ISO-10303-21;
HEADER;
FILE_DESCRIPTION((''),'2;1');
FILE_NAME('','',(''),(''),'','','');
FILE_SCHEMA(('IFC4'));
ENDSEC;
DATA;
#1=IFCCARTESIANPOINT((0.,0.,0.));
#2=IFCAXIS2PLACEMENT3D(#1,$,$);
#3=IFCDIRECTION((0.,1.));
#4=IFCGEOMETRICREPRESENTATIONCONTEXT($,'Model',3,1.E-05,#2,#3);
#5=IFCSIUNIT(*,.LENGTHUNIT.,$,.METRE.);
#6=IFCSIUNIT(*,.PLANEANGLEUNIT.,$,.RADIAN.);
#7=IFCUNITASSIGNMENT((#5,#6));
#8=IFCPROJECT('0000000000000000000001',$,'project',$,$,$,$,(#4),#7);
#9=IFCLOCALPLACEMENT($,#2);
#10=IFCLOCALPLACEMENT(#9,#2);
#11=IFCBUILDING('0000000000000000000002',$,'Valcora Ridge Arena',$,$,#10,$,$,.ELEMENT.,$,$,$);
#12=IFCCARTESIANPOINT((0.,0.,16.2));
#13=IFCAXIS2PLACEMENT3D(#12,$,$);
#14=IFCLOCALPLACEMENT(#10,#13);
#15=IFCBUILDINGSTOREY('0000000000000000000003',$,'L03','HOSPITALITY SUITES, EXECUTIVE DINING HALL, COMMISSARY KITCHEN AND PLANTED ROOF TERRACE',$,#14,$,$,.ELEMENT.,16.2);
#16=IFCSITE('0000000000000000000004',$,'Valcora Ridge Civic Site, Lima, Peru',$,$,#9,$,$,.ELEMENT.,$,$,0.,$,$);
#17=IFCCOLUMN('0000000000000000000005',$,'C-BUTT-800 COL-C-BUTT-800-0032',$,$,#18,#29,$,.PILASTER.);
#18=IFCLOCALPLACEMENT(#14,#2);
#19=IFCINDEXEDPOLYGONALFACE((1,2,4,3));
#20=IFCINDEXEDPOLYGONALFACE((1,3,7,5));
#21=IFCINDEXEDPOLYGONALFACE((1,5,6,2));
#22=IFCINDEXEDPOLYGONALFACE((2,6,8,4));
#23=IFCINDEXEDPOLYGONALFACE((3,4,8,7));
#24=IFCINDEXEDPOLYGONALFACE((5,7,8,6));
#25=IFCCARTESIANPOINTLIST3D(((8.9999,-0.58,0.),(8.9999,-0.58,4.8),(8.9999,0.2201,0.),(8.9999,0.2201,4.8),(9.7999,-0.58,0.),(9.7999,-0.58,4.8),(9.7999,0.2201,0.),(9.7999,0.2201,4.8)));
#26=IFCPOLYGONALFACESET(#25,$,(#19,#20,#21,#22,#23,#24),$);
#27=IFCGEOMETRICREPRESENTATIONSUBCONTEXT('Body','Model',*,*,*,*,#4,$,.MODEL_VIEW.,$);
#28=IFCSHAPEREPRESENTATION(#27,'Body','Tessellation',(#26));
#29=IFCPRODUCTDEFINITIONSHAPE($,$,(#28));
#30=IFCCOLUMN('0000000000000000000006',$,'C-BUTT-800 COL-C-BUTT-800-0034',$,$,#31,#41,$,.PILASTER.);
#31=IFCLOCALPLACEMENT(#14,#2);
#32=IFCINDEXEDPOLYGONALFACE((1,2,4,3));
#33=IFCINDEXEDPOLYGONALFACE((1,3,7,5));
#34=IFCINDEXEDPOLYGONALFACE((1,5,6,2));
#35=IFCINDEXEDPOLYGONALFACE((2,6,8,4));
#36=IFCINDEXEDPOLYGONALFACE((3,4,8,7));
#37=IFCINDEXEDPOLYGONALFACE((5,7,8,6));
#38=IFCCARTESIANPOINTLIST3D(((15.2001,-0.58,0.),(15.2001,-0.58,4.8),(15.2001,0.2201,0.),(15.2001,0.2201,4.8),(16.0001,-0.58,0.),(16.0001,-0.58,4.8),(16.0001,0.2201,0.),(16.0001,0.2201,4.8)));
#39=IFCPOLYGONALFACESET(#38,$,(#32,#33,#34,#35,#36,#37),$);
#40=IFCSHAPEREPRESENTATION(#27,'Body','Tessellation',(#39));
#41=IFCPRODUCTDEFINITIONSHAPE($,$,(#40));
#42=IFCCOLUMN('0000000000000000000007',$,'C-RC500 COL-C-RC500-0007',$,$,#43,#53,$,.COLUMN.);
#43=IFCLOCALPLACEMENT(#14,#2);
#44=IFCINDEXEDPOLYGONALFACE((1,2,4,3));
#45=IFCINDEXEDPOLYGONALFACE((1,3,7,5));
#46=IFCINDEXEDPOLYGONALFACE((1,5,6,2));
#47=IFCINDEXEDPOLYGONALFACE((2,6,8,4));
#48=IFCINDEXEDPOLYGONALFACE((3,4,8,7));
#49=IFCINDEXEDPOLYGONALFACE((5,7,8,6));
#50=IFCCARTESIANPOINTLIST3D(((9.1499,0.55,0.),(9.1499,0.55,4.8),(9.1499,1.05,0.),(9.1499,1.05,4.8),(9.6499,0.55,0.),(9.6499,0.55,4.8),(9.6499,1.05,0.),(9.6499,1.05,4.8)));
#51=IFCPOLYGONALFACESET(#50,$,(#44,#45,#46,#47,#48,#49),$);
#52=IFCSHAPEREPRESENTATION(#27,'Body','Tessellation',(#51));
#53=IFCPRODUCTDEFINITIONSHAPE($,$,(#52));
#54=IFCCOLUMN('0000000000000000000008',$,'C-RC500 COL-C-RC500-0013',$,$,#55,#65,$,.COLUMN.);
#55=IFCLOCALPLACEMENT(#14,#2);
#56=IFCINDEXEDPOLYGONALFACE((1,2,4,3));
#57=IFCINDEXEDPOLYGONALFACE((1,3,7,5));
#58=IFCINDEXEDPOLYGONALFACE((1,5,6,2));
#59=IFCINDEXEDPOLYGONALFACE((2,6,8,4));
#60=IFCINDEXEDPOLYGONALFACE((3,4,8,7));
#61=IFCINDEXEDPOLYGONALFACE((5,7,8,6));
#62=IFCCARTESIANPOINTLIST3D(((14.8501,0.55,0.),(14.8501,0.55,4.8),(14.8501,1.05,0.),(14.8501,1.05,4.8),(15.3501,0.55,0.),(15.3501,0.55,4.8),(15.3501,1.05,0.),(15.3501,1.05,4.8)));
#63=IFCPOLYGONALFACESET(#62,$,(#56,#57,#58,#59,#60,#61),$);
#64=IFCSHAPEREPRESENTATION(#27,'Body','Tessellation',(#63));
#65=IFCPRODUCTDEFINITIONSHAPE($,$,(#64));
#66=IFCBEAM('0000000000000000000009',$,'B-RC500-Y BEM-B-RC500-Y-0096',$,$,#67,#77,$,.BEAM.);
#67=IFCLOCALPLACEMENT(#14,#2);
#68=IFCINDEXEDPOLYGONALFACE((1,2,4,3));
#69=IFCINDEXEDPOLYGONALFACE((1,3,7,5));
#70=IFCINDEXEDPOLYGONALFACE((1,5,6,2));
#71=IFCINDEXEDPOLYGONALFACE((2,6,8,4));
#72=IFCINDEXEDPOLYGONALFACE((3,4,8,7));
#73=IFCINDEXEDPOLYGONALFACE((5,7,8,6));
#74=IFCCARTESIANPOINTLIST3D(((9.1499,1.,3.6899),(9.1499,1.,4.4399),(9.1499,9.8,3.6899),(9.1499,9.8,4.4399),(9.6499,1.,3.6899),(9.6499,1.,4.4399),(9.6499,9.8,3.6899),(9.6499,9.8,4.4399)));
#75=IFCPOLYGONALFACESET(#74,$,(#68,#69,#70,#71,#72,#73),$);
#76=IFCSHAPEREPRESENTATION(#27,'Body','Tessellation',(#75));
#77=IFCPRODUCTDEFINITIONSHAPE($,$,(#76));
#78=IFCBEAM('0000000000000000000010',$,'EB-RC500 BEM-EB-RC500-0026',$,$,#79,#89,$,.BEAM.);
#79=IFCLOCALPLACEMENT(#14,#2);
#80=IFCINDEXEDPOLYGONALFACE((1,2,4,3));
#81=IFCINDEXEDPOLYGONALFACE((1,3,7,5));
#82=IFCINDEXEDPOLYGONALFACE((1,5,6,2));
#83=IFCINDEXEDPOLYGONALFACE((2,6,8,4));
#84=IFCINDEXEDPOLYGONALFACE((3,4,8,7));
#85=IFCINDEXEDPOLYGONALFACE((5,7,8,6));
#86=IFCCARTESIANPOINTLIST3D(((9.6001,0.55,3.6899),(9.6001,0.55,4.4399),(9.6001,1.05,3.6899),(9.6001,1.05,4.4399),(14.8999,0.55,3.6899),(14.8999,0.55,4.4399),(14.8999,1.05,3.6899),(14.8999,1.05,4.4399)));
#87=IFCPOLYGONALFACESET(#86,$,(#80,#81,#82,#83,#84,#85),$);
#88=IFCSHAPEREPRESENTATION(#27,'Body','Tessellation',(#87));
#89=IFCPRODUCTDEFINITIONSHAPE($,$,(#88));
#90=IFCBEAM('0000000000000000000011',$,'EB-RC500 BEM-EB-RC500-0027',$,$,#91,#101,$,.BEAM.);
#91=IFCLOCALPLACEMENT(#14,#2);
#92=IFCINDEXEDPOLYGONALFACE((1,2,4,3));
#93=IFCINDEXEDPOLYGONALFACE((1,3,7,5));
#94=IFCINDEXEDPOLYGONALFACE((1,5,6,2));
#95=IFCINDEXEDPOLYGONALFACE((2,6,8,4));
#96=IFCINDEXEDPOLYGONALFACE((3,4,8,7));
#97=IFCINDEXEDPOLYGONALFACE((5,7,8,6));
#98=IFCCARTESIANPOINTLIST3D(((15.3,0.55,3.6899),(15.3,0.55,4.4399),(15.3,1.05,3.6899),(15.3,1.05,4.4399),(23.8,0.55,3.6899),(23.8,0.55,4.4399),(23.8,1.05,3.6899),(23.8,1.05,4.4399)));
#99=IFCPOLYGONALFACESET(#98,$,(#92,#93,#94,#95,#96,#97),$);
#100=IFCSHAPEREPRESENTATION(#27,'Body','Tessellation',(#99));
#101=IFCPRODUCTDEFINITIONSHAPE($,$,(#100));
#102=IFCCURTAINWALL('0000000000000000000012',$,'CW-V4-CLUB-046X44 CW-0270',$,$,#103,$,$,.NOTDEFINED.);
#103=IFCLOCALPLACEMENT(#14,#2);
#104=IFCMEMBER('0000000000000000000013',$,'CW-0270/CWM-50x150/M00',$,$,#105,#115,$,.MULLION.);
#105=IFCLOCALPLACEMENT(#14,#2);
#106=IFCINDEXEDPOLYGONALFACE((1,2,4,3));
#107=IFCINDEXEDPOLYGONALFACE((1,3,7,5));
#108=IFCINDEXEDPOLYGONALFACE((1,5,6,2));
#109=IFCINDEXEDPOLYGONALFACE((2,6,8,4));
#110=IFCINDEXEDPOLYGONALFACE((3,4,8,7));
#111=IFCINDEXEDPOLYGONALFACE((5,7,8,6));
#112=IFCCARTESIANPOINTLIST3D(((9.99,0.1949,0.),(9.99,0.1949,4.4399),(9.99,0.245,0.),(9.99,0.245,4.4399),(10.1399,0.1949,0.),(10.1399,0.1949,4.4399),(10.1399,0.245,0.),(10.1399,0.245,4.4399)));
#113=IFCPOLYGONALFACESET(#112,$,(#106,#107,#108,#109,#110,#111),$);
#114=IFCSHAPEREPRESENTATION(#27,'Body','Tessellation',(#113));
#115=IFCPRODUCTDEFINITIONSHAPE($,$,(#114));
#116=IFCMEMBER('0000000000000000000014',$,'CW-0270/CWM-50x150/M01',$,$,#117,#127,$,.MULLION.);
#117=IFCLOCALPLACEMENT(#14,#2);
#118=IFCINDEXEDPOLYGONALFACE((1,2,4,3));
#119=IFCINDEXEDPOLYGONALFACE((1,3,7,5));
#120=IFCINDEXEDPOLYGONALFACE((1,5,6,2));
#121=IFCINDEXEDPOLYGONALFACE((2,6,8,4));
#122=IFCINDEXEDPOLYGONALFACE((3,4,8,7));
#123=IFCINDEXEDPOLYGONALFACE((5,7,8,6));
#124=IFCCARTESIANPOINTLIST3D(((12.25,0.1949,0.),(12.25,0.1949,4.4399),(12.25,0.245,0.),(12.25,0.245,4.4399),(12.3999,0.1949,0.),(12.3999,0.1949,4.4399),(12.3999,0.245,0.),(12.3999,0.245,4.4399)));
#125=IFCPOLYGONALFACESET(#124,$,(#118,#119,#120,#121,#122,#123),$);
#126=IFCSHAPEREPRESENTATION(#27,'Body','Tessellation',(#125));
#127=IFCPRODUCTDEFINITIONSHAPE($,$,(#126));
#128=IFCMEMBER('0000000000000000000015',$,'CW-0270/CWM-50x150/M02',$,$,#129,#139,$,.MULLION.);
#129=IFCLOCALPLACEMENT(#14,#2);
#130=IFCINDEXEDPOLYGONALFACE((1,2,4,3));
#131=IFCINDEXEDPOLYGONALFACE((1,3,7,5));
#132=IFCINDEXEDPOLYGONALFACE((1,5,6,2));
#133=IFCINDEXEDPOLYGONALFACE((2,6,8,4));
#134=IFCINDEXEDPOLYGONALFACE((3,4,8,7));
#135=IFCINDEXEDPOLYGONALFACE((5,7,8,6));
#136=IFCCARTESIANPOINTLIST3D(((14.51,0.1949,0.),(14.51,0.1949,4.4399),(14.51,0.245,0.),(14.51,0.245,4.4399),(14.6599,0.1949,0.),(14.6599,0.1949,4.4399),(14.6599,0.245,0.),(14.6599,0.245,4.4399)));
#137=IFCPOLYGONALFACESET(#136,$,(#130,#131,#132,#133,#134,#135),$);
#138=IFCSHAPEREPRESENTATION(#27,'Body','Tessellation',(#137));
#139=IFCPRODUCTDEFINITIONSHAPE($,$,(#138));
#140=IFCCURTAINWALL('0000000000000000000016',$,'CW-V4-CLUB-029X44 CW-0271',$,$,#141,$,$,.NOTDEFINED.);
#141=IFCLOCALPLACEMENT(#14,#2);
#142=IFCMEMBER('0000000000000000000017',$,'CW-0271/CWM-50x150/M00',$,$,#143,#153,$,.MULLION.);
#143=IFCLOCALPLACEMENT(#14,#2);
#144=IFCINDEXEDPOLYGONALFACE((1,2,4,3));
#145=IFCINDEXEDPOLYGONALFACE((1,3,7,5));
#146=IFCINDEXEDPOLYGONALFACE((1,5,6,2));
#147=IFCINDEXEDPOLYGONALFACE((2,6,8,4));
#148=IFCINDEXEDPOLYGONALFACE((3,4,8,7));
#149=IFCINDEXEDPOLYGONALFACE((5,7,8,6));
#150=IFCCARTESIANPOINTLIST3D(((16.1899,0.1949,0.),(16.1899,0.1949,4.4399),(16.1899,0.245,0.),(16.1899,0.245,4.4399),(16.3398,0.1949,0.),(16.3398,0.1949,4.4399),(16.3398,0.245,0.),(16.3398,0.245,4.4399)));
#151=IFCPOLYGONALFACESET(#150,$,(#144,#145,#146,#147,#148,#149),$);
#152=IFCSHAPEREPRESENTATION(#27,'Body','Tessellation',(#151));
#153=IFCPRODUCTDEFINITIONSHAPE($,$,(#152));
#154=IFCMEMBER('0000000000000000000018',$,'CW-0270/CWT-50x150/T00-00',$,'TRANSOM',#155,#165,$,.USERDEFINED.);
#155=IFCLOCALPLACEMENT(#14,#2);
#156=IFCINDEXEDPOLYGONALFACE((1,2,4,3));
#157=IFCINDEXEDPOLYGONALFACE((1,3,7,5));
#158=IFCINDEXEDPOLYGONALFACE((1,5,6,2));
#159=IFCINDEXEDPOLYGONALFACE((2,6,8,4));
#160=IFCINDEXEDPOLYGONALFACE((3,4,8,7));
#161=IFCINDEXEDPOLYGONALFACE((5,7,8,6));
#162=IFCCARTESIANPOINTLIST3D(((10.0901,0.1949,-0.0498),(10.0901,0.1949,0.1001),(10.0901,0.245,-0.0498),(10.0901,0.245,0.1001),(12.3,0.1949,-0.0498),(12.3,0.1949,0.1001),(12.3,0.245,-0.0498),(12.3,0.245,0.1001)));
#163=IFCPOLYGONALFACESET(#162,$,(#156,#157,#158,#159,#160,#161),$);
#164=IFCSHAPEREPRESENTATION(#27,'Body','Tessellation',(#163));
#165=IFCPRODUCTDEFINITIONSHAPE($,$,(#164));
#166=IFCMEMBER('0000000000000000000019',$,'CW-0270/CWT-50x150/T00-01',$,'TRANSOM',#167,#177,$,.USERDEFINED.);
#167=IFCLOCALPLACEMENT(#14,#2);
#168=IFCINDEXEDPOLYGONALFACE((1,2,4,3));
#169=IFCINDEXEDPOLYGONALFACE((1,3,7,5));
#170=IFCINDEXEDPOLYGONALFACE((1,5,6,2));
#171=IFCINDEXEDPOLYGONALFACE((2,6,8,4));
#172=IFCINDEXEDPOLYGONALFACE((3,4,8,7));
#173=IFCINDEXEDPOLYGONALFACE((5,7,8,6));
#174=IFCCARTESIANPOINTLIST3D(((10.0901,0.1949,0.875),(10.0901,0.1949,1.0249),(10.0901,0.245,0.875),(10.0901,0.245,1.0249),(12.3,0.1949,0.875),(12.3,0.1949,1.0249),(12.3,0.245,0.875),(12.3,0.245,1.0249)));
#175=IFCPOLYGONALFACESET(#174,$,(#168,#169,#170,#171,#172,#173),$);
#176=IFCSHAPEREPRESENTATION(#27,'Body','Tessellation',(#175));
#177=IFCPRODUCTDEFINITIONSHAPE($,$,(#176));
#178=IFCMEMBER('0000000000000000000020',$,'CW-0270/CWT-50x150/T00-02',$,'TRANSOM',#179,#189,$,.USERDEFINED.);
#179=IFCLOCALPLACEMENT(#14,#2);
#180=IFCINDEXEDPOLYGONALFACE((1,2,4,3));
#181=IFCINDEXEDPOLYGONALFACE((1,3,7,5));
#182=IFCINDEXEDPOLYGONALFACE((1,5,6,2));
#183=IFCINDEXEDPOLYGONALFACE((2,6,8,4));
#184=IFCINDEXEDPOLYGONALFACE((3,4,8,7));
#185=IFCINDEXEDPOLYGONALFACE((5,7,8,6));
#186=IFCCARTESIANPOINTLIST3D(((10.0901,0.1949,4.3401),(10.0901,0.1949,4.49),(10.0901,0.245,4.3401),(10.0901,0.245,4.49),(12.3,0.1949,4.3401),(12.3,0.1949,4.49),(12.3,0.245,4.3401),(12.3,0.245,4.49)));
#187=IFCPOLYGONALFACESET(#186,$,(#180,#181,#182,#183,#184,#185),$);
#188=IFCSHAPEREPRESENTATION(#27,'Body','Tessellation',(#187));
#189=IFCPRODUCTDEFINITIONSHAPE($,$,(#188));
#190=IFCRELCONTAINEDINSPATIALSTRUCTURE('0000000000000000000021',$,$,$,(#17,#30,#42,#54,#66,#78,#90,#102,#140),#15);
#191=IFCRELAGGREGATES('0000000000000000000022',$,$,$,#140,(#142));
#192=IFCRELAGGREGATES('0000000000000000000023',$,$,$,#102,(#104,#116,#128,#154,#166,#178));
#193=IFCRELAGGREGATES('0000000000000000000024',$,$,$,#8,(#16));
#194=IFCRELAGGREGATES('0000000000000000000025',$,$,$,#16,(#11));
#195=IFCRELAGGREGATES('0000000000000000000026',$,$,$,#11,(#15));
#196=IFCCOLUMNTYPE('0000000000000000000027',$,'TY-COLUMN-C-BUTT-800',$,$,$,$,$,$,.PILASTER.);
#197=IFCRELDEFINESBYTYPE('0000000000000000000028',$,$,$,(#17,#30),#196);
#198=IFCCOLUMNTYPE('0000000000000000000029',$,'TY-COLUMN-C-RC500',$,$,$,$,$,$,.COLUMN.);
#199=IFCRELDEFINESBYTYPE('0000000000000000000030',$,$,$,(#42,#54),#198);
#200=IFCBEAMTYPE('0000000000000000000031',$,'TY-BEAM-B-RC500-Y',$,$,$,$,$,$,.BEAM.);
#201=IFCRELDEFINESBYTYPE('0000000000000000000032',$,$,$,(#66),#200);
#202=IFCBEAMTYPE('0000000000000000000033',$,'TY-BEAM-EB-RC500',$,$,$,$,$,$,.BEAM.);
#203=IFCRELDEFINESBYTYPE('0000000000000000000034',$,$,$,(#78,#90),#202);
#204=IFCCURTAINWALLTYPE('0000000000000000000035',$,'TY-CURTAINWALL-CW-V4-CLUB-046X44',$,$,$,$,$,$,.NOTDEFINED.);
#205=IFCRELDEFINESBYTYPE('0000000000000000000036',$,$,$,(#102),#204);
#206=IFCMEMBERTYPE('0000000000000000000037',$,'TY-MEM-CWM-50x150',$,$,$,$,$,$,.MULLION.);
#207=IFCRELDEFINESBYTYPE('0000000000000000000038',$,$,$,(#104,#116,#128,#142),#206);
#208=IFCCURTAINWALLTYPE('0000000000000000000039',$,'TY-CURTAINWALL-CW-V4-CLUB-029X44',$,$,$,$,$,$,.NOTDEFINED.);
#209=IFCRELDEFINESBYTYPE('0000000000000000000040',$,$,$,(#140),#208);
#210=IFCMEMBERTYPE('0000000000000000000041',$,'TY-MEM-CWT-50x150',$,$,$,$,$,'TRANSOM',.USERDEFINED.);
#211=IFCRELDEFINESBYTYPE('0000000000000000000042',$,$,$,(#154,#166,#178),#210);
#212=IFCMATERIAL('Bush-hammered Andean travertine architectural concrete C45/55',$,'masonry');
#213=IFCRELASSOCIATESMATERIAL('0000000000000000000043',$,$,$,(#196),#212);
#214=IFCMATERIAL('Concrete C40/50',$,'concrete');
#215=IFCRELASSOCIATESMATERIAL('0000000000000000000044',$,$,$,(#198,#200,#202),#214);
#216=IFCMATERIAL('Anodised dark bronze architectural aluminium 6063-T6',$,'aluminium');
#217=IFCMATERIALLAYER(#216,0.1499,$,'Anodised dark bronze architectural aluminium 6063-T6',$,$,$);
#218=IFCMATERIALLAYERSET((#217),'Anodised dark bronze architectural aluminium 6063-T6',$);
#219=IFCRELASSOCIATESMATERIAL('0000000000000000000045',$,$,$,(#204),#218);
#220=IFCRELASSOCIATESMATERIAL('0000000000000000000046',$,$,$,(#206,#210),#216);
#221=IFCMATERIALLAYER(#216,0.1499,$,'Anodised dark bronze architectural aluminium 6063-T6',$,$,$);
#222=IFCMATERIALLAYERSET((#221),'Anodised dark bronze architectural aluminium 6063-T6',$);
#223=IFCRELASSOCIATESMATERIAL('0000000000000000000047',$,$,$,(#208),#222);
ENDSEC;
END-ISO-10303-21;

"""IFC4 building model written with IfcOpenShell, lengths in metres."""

from ifc_helpers import new_model, si_unit, direction, frame, origin, origin_2d, place, context, subcontext, project, spatial, rectangle, extrude, material, layer, layer_set, material_profile, profile_set, type_object, element, aggregate, save


model = new_model("IFC4")

# Units and contexts
model_context = context("Model", 3, precision=1e-05, world=origin(), true_north=direction((0.0, 1.0)))
body_context = subcontext(model_context, "Body", "Model", "MODEL_VIEW")
ifc_project = project(units=[si_unit("LENGTHUNIT", "METRE"), si_unit("PLANEANGLEUNIT", "RADIAN")], contexts=[model_context])

# Site, building, storey
site_placement = place(None, origin())
site = spatial("IfcSite", under=ifc_project, at=site_placement, Name="Valcora Ridge Civic Site, Lima, Peru", CompositionType="ELEMENT", RefElevation=0.0)
building_placement = place(site_placement, origin())
building = spatial("IfcBuilding", under=site, at=building_placement, Name="Valcora Ridge Arena", CompositionType="ELEMENT")
storey_placement = place(building_placement, frame((0.0, 0.0, 16.2)))
storey = spatial("IfcBuildingStorey", under=building, at=storey_placement, Name="L03", Description="HOSPITALITY SUITES, EXECUTIVE DINING HALL, COMMISSARY KITCHEN AND PLANTED ROOF TERRACE", CompositionType="ELEMENT", Elevation=16.2)

# Columns
ifc_material_1 = material(Name="Bush-hammered Andean travertine architectural concrete C45/55", Category="masonry")
ifc_material_profile_1 = material_profile(ifc_material_1, rectangle(XDim=0.8, YDim=0.8, at=origin_2d()), Name="RC 800x800")
ifc_profile_set_1 = profile_set([ifc_material_profile_1], Name="Bush-hammered Andean travertine architectural concrete C45/55")
column_type_1 = type_object("IfcColumnType", Name="TY-COLUMN-C-BUTT-800", PredefinedType="PILASTER", material=ifc_profile_set_1)
for number, where, z_axis, x_axis, name in (
    (1, (9.3999, -0.1799, 0.0), (0.0, 0.0, 1.0), (1.0, 0.0, 0.0), "C-BUTT-800 COL-C-BUTT-800-0032"),
    (2, (15.6001, -0.1799, 0.0), (0.0, 0.0, 1.0), (1.0, 0.0, 0.0), "C-BUTT-800 COL-C-BUTT-800-0034"),
):
    element("IfcColumn", number, at=place(storey_placement, frame(where, z_axis=z_axis, x_axis=x_axis)), inside=storey, type_object=column_type_1, Name=name, PredefinedType="PILASTER", context=body_context, shape_type="SweptSolid", body=[
        extrude(rectangle(XDim=0.8, YDim=0.8, at=origin_2d()), origin(), (0.0, 0.0, 1.0), 4.8),
    ])
ifc_material_2 = material(Name="Concrete C40/50", Category="concrete")
ifc_material_profile_2 = material_profile(ifc_material_2, rectangle(XDim=0.5, YDim=0.5, at=origin_2d()), Name="RC 500x500")
ifc_profile_set_2 = profile_set([ifc_material_profile_2], Name="Concrete C40/50")
column_type_2 = type_object("IfcColumnType", Name="TY-COLUMN-C-RC500", PredefinedType="COLUMN", material=ifc_profile_set_2)
for number, where, z_axis, x_axis, name in (
    (3, (9.3999, 0.8, 0.0), (0.0, 0.0, 1.0), (1.0, 0.0, 0.0), "C-RC500 COL-C-RC500-0007"),
    (4, (15.1001, 0.8, 0.0), (0.0, 0.0, 1.0), (1.0, 0.0, 0.0), "C-RC500 COL-C-RC500-0013"),
):
    element("IfcColumn", number, at=place(storey_placement, frame(where, z_axis=z_axis, x_axis=x_axis)), inside=storey, type_object=column_type_2, Name=name, PredefinedType="COLUMN", context=body_context, shape_type="SweptSolid", body=[
        extrude(rectangle(XDim=0.5, YDim=0.5, at=origin_2d()), origin(), (0.0, 0.0, 1.0), 4.8),
    ])

# Beams
ifc_material_profile_3 = material_profile(ifc_material_2, rectangle(XDim=0.5, YDim=0.75, at=origin_2d()), Name="RC 500x750")
ifc_profile_set_3 = profile_set([ifc_material_profile_3], Name="Concrete C40/50")
beam_type_1 = type_object("IfcBeamType", Name="TY-BEAM-B-RC500-Y", PredefinedType="BEAM", material=ifc_profile_set_3)
beam_1_placement = place(storey_placement, frame((9.3999, 1.0, 4.0649), z_axis=(0.0, 1.0, 0.0), x_axis=(-1.0, 0.0, 0.0)))
element("IfcBeam", 5, at=beam_1_placement, inside=storey, type_object=beam_type_1, Name="B-RC500-Y BEM-B-RC500-Y-0096", PredefinedType="BEAM", context=body_context, shape_type="SweptSolid", body=[
    extrude(rectangle(XDim=0.5, YDim=0.75, at=origin_2d()), origin(), (0.0, 0.0, 1.0), 8.8),
])
ifc_material_profile_4 = material_profile(ifc_material_2, rectangle(XDim=0.5, YDim=0.75, at=origin_2d()), Name="RC 500x750")
ifc_profile_set_4 = profile_set([ifc_material_profile_4], Name="Concrete C40/50")
beam_type_2 = type_object("IfcBeamType", Name="TY-BEAM-EB-RC500", PredefinedType="BEAM", material=ifc_profile_set_4)
beam_2_placement = place(storey_placement, frame((9.6001, 0.8, 4.0649), z_axis=(1.0, 0.0, 0.0), x_axis=(0.0, 1.0, 0.0)))
element("IfcBeam", 6, at=beam_2_placement, inside=storey, type_object=beam_type_2, Name="EB-RC500 BEM-EB-RC500-0026", PredefinedType="BEAM", context=body_context, shape_type="SweptSolid", body=[
    extrude(rectangle(XDim=0.5, YDim=0.75, at=origin_2d()), origin(), (0.0, 0.0, 1.0), 5.2998),
])
beam_3_placement = place(storey_placement, frame((15.3, 0.8, 4.0649), z_axis=(1.0, 0.0, 0.0), x_axis=(0.0, 1.0, 0.0)))
element("IfcBeam", 7, at=beam_3_placement, inside=storey, type_object=beam_type_2, Name="EB-RC500 BEM-EB-RC500-0027", PredefinedType="BEAM", context=body_context, shape_type="SweptSolid", body=[
    extrude(rectangle(XDim=0.5, YDim=0.75, at=origin_2d()), origin(), (0.0, 0.0, 1.0), 8.5),
])

# Curtain wall, members
ifc_material_3 = material(Name="Anodised dark bronze architectural aluminium 6063-T6", Category="aluminium")
ifc_layer_1 = layer(ifc_material_3, 0.1499, Name="Anodised dark bronze architectural aluminium 6063-T6")
ifc_layer_set_1 = layer_set([ifc_layer_1], Name="Anodised dark bronze architectural aluminium 6063-T6")
curtain_wall_type_1 = type_object("IfcCurtainWallType", Name="TY-CURTAINWALL-CW-V4-CLUB-046X44", PredefinedType="NOTDEFINED", material=ifc_layer_set_1)
curtain_wall_1_placement = place(storey_placement, origin())
curtain_wall_1 = element("IfcCurtainWall", 8, at=curtain_wall_1_placement, inside=storey, type_object=curtain_wall_type_1, Name="CW-V4-CLUB-046X44 CW-0270", PredefinedType="NOTDEFINED")
ifc_material_profile_5 = material_profile(ifc_material_3, rectangle(XDim=0.05, YDim=0.1499, at=origin_2d()), Name="ALU MULLION 50x150")
ifc_profile_set_5 = profile_set([ifc_material_profile_5], Name="Anodised dark bronze architectural aluminium 6063-T6")
member_type_1 = type_object("IfcMemberType", Name="TY-MEM-CWM-50x150", PredefinedType="MULLION", material=ifc_profile_set_5)
member_1_placement = place(storey_placement, frame((10.0649, 0.22, 0.0), z_axis=(0.0, 0.0, 1.0), x_axis=(0.0, 1.0, 0.0)))
member_1 = element("IfcMember", 9, at=member_1_placement, type_object=member_type_1, Name="CW-0270/CWM-50x150/M00", PredefinedType="MULLION", context=body_context, shape_type="SweptSolid", body=[
    extrude(rectangle(XDim=0.05, YDim=0.1499, at=origin_2d()), origin(), (0.0, 0.0, 1.0), 4.4399),
])
member_2_placement = place(storey_placement, frame((12.325, 0.22, 0.0), z_axis=(0.0, 0.0, 1.0), x_axis=(0.0, 1.0, 0.0)))
member_2 = element("IfcMember", 10, at=member_2_placement, type_object=member_type_1, Name="CW-0270/CWM-50x150/M01", PredefinedType="MULLION", context=body_context, shape_type="SweptSolid", body=[
    extrude(rectangle(XDim=0.05, YDim=0.1499, at=origin_2d()), origin(), (0.0, 0.0, 1.0), 4.4399),
])
member_3_placement = place(storey_placement, frame((14.585, 0.22, 0.0), z_axis=(0.0, 0.0, 1.0), x_axis=(0.0, 1.0, 0.0)))
member_3 = element("IfcMember", 11, at=member_3_placement, type_object=member_type_1, Name="CW-0270/CWM-50x150/M02", PredefinedType="MULLION", context=body_context, shape_type="SweptSolid", body=[
    extrude(rectangle(XDim=0.05, YDim=0.1499, at=origin_2d()), origin(), (0.0, 0.0, 1.0), 4.4399),
])

# Curtain wall, member
ifc_layer_2 = layer(ifc_material_3, 0.1499, Name="Anodised dark bronze architectural aluminium 6063-T6")
ifc_layer_set_2 = layer_set([ifc_layer_2], Name="Anodised dark bronze architectural aluminium 6063-T6")
curtain_wall_type_2 = type_object("IfcCurtainWallType", Name="TY-CURTAINWALL-CW-V4-CLUB-029X44", PredefinedType="NOTDEFINED", material=ifc_layer_set_2)
curtain_wall_2_placement = place(storey_placement, origin())
curtain_wall_2 = element("IfcCurtainWall", 12, at=curtain_wall_2_placement, inside=storey, type_object=curtain_wall_type_2, Name="CW-V4-CLUB-029X44 CW-0271", PredefinedType="NOTDEFINED")
member_4_placement = place(storey_placement, frame((16.2649, 0.22, 0.0), z_axis=(0.0, 0.0, 1.0), x_axis=(0.0, 1.0, 0.0)))
member_4 = element("IfcMember", 13, at=member_4_placement, type_object=member_type_1, Name="CW-0271/CWM-50x150/M00", PredefinedType="MULLION", context=body_context, shape_type="SweptSolid", body=[
    extrude(rectangle(XDim=0.05, YDim=0.1499, at=origin_2d()), origin(), (0.0, 0.0, 1.0), 4.4399),
])

# Members
ifc_material_profile_6 = material_profile(ifc_material_3, rectangle(XDim=0.05, YDim=0.1499, at=origin_2d()), Name="ALU TRANSOM 50x150")
ifc_profile_set_6 = profile_set([ifc_material_profile_6], Name="Anodised dark bronze architectural aluminium 6063-T6")
member_type_2 = type_object("IfcMemberType", Name="TY-MEM-CWT-50x150", ElementType="TRANSOM", PredefinedType="USERDEFINED", material=ifc_profile_set_6)
member_5_placement = place(storey_placement, frame((10.0901, 0.22, 0.0251), z_axis=(1.0, 0.0, 0.0), x_axis=(0.0, 1.0, 0.0)))
member_5 = element("IfcMember", 14, at=member_5_placement, type_object=member_type_2, Name="CW-0270/CWT-50x150/T00-00", ObjectType="TRANSOM", PredefinedType="USERDEFINED", context=body_context, shape_type="SweptSolid", body=[
    extrude(rectangle(XDim=0.05, YDim=0.1499, at=origin_2d()), origin(), (0.0, 0.0, 1.0), 2.21),
])
member_6_placement = place(storey_placement, frame((10.0901, 0.22, 0.95), z_axis=(1.0, 0.0, 0.0), x_axis=(0.0, 1.0, 0.0)))
member_6 = element("IfcMember", 15, at=member_6_placement, type_object=member_type_2, Name="CW-0270/CWT-50x150/T00-01", ObjectType="TRANSOM", PredefinedType="USERDEFINED", context=body_context, shape_type="SweptSolid", body=[
    extrude(rectangle(XDim=0.05, YDim=0.1499, at=origin_2d()), origin(), (0.0, 0.0, 1.0), 2.21),
])
member_7_placement = place(storey_placement, frame((10.0901, 0.22, 4.415), z_axis=(1.0, 0.0, 0.0), x_axis=(0.0, 1.0, 0.0)))
member_7 = element("IfcMember", 16, at=member_7_placement, type_object=member_type_2, Name="CW-0270/CWT-50x150/T00-02", ObjectType="TRANSOM", PredefinedType="USERDEFINED", context=body_context, shape_type="SweptSolid", body=[
    extrude(rectangle(XDim=0.05, YDim=0.1499, at=origin_2d()), origin(), (0.0, 0.0, 1.0), 2.21),
])
aggregate(curtain_wall_2, [member_4])

aggregate(curtain_wall_1, [member_1, member_2, member_3, member_5, member_6, member_7])

save(model, "model.ifc")
